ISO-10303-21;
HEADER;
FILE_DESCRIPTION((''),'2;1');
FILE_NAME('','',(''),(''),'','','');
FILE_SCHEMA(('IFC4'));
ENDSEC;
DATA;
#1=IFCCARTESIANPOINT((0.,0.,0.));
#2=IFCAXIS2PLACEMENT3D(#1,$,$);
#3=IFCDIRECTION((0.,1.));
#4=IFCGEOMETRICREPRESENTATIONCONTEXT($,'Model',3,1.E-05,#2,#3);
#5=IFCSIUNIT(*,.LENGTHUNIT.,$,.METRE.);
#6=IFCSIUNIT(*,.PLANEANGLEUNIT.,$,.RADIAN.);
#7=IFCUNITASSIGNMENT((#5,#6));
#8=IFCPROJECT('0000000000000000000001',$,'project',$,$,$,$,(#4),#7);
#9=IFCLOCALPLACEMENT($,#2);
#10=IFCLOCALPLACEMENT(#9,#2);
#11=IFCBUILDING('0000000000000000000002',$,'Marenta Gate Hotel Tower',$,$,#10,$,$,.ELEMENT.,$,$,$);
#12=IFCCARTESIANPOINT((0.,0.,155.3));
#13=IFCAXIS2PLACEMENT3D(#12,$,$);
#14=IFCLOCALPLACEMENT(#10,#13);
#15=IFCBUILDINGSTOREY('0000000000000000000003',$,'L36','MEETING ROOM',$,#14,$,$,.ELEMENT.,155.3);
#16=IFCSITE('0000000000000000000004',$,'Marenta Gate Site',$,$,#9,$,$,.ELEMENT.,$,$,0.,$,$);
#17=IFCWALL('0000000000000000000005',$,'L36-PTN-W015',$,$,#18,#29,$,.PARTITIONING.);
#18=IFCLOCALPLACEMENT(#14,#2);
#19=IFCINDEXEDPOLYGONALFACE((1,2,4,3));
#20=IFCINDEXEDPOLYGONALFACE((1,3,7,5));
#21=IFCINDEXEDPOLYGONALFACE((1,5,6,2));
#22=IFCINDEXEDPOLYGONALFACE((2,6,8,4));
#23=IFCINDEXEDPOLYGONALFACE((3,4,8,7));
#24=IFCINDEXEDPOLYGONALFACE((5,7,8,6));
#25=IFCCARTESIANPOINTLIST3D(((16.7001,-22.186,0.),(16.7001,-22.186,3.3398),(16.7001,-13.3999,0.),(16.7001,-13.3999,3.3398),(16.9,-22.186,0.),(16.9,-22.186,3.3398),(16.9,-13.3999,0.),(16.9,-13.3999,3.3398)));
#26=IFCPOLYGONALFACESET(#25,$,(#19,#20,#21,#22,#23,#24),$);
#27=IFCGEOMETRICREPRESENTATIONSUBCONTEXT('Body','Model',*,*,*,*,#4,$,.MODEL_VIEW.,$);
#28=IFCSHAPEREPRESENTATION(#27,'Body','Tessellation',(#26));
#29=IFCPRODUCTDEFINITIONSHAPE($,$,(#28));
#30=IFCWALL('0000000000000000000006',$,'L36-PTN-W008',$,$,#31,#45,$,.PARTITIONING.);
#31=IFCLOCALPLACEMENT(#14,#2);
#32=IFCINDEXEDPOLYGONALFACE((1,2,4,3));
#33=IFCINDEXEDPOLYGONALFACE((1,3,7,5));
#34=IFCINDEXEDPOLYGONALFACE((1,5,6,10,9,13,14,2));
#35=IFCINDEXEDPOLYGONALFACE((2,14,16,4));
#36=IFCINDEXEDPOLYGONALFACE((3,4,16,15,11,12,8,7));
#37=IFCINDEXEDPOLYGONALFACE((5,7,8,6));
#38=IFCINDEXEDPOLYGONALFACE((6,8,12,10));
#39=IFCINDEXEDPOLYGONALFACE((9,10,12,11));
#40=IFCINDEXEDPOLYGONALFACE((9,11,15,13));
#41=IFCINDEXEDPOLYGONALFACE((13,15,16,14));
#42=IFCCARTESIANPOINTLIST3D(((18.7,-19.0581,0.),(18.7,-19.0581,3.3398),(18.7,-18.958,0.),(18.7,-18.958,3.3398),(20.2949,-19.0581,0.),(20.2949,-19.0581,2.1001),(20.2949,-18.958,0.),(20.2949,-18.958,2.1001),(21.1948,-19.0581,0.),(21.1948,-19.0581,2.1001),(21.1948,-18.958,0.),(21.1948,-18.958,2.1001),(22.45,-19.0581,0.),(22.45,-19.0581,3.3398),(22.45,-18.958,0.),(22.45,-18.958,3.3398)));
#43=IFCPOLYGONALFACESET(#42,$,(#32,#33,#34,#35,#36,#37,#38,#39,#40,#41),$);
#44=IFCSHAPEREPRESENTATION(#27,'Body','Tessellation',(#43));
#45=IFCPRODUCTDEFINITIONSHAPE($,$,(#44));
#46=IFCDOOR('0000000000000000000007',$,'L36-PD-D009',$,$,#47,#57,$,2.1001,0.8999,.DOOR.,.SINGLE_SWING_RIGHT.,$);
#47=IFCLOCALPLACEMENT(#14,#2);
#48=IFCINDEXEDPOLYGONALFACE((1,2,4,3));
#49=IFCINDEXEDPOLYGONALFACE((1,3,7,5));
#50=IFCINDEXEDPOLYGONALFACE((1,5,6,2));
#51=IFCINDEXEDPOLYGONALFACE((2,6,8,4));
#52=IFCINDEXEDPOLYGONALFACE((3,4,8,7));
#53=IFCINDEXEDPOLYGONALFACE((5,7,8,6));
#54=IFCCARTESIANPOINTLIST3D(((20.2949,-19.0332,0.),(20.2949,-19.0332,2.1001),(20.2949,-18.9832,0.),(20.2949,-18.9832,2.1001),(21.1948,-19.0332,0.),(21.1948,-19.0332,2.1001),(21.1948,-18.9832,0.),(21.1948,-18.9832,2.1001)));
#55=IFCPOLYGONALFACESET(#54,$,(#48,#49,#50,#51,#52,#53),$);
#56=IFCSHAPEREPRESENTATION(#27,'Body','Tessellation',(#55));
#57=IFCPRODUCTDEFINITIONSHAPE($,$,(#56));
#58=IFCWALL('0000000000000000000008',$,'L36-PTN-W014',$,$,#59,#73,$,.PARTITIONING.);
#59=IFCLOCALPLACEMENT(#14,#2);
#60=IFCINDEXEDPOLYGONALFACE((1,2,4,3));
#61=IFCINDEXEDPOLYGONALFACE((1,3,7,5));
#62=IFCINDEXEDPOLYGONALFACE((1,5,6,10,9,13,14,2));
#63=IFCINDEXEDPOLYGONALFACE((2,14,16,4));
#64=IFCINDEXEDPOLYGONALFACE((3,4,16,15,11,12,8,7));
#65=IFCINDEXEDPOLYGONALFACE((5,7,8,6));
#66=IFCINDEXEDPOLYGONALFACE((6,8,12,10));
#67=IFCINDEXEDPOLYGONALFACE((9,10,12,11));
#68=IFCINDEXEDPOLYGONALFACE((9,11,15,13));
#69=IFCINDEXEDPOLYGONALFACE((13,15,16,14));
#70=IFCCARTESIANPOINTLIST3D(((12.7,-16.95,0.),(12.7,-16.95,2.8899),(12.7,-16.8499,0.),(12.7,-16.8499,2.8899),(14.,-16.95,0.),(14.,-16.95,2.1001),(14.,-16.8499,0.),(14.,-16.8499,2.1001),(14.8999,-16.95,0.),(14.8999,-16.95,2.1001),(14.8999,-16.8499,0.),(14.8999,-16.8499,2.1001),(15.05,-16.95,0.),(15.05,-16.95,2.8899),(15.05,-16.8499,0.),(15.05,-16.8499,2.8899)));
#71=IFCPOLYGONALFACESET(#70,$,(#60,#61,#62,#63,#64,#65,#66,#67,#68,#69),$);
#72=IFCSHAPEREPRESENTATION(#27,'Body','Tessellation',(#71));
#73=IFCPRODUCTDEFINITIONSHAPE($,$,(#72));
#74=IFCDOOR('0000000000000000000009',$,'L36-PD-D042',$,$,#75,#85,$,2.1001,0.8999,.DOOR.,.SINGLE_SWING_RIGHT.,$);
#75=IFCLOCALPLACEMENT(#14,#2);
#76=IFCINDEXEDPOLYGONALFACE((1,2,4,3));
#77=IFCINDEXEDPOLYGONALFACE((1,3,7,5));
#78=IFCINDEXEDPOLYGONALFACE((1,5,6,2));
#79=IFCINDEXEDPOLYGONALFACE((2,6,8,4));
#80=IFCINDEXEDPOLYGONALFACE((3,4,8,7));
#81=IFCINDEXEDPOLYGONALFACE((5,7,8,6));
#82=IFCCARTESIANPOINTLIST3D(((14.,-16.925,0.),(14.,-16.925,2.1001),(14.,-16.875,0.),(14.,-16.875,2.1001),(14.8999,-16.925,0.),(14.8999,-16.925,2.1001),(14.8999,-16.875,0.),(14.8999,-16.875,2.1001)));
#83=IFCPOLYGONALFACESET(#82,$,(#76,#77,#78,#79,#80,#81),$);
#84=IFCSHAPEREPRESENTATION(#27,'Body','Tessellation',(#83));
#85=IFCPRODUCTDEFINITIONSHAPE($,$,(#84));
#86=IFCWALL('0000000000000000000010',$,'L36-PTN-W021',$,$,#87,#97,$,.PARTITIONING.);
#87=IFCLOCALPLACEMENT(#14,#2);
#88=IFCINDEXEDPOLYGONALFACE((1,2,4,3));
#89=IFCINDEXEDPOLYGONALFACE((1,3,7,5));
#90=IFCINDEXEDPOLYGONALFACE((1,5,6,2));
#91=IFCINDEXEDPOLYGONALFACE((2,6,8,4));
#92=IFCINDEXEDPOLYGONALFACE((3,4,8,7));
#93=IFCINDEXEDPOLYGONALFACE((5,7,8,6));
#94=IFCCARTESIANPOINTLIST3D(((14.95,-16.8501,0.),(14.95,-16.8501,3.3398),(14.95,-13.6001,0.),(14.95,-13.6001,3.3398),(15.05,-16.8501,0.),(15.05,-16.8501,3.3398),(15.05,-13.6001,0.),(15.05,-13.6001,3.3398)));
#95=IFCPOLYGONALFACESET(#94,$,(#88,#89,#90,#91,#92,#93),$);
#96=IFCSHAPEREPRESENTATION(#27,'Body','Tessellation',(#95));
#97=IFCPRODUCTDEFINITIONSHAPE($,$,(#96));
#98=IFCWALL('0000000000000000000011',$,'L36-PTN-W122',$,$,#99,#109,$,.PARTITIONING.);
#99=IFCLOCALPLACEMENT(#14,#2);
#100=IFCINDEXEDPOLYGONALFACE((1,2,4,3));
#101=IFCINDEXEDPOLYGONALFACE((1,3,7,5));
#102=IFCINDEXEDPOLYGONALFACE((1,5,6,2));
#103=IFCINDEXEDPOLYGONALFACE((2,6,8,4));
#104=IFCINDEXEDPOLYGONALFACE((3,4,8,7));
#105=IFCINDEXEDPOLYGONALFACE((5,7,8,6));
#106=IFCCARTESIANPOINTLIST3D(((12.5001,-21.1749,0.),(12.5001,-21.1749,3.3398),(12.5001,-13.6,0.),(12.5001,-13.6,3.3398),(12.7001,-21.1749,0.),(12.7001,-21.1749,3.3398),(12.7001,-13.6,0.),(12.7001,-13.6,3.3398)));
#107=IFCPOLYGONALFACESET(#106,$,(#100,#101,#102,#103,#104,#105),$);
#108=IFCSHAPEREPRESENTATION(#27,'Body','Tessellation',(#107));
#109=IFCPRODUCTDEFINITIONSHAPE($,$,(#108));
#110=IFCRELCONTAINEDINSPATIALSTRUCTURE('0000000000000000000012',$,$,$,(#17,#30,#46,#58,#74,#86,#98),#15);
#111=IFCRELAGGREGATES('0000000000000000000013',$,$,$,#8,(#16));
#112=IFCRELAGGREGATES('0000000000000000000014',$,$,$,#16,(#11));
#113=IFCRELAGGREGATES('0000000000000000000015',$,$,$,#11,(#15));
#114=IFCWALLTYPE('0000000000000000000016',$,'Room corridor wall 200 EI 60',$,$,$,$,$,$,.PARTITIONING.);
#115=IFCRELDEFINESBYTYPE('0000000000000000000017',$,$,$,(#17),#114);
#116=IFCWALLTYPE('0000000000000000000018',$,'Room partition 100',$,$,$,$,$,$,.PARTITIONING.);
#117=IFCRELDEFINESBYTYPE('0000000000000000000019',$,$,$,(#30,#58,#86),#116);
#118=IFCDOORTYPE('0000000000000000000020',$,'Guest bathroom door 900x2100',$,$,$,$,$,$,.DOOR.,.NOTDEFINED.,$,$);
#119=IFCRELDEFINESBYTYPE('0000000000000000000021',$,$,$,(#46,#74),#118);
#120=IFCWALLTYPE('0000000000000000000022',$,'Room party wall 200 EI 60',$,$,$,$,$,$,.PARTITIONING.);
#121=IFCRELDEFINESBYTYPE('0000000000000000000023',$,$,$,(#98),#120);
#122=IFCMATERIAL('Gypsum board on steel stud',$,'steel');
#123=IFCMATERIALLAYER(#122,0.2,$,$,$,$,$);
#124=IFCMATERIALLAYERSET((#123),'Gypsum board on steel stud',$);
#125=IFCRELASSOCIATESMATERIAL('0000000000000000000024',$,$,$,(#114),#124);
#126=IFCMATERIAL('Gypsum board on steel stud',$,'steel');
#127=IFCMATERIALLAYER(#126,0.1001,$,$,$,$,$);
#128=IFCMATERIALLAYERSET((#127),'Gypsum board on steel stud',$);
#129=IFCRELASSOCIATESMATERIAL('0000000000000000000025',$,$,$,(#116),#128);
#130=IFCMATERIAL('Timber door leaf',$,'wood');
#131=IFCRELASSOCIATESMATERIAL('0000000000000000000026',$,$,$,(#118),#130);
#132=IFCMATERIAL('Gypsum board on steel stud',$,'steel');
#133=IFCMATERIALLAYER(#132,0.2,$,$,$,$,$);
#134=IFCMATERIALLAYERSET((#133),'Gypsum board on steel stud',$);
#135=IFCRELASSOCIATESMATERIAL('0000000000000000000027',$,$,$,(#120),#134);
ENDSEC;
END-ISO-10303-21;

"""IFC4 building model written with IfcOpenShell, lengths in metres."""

from ifc_helpers import new_model, si_unit, direction, frame, frame_2d, origin, place, context, subcontext, project, spatial, rectangle, extrude, material, layer, layer_set, type_object, element, fill, save


model = new_model("IFC4")

# Units and contexts
model_context = context("Model", 3, precision=1e-05, world=origin(), true_north=direction((0.0, 1.0)))
body_context = subcontext(model_context, "Body", "Model", "MODEL_VIEW")
ifc_project = project(units=[si_unit("LENGTHUNIT", "METRE"), si_unit("PLANEANGLEUNIT", "RADIAN")], contexts=[model_context])

# Site, building, storey
site_placement = place(None, origin())
site = spatial("IfcSite", under=ifc_project, at=site_placement, Name="Marenta Gate Site", CompositionType="ELEMENT", RefElevation=0.0)
building_placement = place(site_placement, origin())
building = spatial("IfcBuilding", under=site, at=building_placement, Name="Marenta Gate Hotel Tower", CompositionType="ELEMENT")
storey_placement = place(building_placement, frame((0.0, 0.0, 155.3)))
storey = spatial("IfcBuildingStorey", under=building, at=storey_placement, Name="L36", Description="MEETING ROOM", CompositionType="ELEMENT", Elevation=155.3)

# Shared definitions
ifc_material_1 = material(Name="Gypsum board on steel stud", Category="steel")
ifc_layer_1 = layer(ifc_material_1, 0.2)
ifc_layer_set_1 = layer_set([ifc_layer_1], Name="Gypsum board on steel stud")
wall_type_1 = type_object("IfcWallType", Name="Room corridor wall 200 EI 60", PredefinedType="PARTITIONING", material=ifc_layer_set_1)

# Wall
wall_1_placement = place(storey_placement, frame((16.8, -22.186, 0.0), z_axis=(0.0, 0.0, 1.0), x_axis=(0.0, 1.0, 0.0)))
element("IfcWall", 1, at=wall_1_placement, inside=storey, type_object=wall_type_1, Name="L36-PTN-W015", PredefinedType="PARTITIONING", context=body_context, shape_type="SweptSolid", body=[
    extrude(rectangle(XDim=8.7861, YDim=0.2, at=frame_2d((4.3931, 0.0))), origin(), (0.0, 0.0, 1.0), 3.3398),
])

# Walls, openings, doors
ifc_material_2 = material(Name="Gypsum board on steel stud", Category="steel")
ifc_layer_2 = layer(ifc_material_2, 0.1001)
ifc_layer_set_2 = layer_set([ifc_layer_2], Name="Gypsum board on steel stud")
wall_type_2 = type_object("IfcWallType", Name="Room partition 100", PredefinedType="PARTITIONING", material=ifc_layer_set_2)
wall_2_placement = place(storey_placement, frame((18.7, -19.0081, 0.0), z_axis=(0.0, 0.0, 1.0), x_axis=(1.0, 0.0, 0.0)))
wall_2 = element("IfcWall", 2, at=wall_2_placement, inside=storey, type_object=wall_type_2, Name="L36-PTN-W008", PredefinedType="PARTITIONING", context=body_context, shape_type="SweptSolid", body=[
    extrude(rectangle(XDim=3.75, YDim=0.1001, at=frame_2d((1.875, 0.0))), origin(), (0.0, 0.0, 1.0), 3.3398),
])
opening_1_placement = place(wall_2_placement, frame((1.595, 0.0, 0.0)))
opening_1 = element("IfcOpeningElement", 3, at=opening_1_placement, cuts=wall_2, PredefinedType="OPENING", context=body_context, shape_type="SweptSolid", body=[
    extrude(rectangle(XDim=0.8999, YDim=2.1001, at=frame_2d((0.45, 1.05))), frame((0.0, 0.05, 0.0), z_axis=(0.0, -1.0, 0.0), x_axis=(1.0, 0.0, 0.0)), (0.0, 0.0, 1.0), 0.1001),
])
ifc_material_3 = material(Name="Timber door leaf", Category="wood")
door_type_1 = type_object("IfcDoorType", Name="Guest bathroom door 900x2100", OperationType="NOTDEFINED", PredefinedType="DOOR", material=ifc_material_3)
door_1_placement = place(opening_1_placement, origin())
door_1 = element("IfcDoor", 4, at=door_1_placement, inside=storey, type_object=door_type_1, Name="L36-PD-D009", OperationType="SINGLE_SWING_RIGHT", OverallHeight=2.1001, OverallWidth=0.8999, PredefinedType="DOOR", context=body_context, shape_type="SweptSolid", body=[
    extrude(rectangle(XDim=0.8999, YDim=2.1001, at=frame_2d((0.45, 1.05))), frame((0.0, 0.0249, 0.0), z_axis=(0.0, -1.0, 0.0), x_axis=(1.0, 0.0, 0.0)), (0.0, 0.0, 1.0), 0.05),
])
fill(opening_1, door_1)
wall_3_placement = place(storey_placement, frame((12.7, -16.8999, 0.0), z_axis=(0.0, 0.0, 1.0), x_axis=(1.0, 0.0, 0.0)))
wall_3 = element("IfcWall", 5, at=wall_3_placement, inside=storey, type_object=wall_type_2, Name="L36-PTN-W014", PredefinedType="PARTITIONING", context=body_context, shape_type="SweptSolid", body=[
    extrude(rectangle(XDim=2.3501, YDim=0.1001, at=frame_2d((1.175, 0.0))), origin(), (0.0, 0.0, 1.0), 2.8899),
])
opening_2_placement = place(wall_3_placement, frame((1.3, 0.0, 0.0)))
opening_2 = element("IfcOpeningElement", 6, at=opening_2_placement, cuts=wall_3, PredefinedType="OPENING", context=body_context, shape_type="SweptSolid", body=[
    extrude(rectangle(XDim=0.8999, YDim=2.1001, at=frame_2d((0.45, 1.05))), frame((0.0, 0.05, 0.0), z_axis=(0.0, -1.0, 0.0), x_axis=(1.0, 0.0, 0.0)), (0.0, 0.0, 1.0), 0.1001),
])
door_2_placement = place(opening_2_placement, origin())
door_2 = element("IfcDoor", 7, at=door_2_placement, inside=storey, type_object=door_type_1, Name="L36-PD-D042", OperationType="SINGLE_SWING_RIGHT", OverallHeight=2.1001, OverallWidth=0.8999, PredefinedType="DOOR", context=body_context, shape_type="SweptSolid", body=[
    extrude(rectangle(XDim=0.8999, YDim=2.1001, at=frame_2d((0.45, 1.05))), frame((0.0, 0.0249, 0.0), z_axis=(0.0, -1.0, 0.0), x_axis=(1.0, 0.0, 0.0)), (0.0, 0.0, 1.0), 0.05),
])
fill(opening_2, door_2)

# Walls
wall_4_placement = place(storey_placement, frame((15.0, -16.8501, 0.0), z_axis=(0.0, 0.0, 1.0), x_axis=(0.0, 1.0, 0.0)))
element("IfcWall", 8, at=wall_4_placement, inside=storey, type_object=wall_type_2, Name="L36-PTN-W021", PredefinedType="PARTITIONING", context=body_context, shape_type="SweptSolid", body=[
    extrude(rectangle(XDim=3.25, YDim=0.1001, at=frame_2d((1.625, 0.0))), origin(), (0.0, 0.0, 1.0), 3.3398),
])
ifc_material_4 = material(Name="Gypsum board on steel stud", Category="steel")
ifc_layer_3 = layer(ifc_material_4, 0.2)
ifc_layer_set_3 = layer_set([ifc_layer_3], Name="Gypsum board on steel stud")
wall_type_3 = type_object("IfcWallType", Name="Room party wall 200 EI 60", PredefinedType="PARTITIONING", material=ifc_layer_set_3)
wall_5_placement = place(storey_placement, frame((12.6001, -21.175, 0.0), z_axis=(0.0, 0.0, 1.0), x_axis=(0.0, 1.0, 0.0)))
element("IfcWall", 9, at=wall_5_placement, inside=storey, type_object=wall_type_3, Name="L36-PTN-W122", PredefinedType="PARTITIONING", context=body_context, shape_type="SweptSolid", body=[
    extrude(rectangle(XDim=7.575, YDim=0.2, at=frame_2d((3.7876, 0.0))), origin(), (0.0, 0.0, 1.0), 3.3398),
])

save(model, "model.ifc")
